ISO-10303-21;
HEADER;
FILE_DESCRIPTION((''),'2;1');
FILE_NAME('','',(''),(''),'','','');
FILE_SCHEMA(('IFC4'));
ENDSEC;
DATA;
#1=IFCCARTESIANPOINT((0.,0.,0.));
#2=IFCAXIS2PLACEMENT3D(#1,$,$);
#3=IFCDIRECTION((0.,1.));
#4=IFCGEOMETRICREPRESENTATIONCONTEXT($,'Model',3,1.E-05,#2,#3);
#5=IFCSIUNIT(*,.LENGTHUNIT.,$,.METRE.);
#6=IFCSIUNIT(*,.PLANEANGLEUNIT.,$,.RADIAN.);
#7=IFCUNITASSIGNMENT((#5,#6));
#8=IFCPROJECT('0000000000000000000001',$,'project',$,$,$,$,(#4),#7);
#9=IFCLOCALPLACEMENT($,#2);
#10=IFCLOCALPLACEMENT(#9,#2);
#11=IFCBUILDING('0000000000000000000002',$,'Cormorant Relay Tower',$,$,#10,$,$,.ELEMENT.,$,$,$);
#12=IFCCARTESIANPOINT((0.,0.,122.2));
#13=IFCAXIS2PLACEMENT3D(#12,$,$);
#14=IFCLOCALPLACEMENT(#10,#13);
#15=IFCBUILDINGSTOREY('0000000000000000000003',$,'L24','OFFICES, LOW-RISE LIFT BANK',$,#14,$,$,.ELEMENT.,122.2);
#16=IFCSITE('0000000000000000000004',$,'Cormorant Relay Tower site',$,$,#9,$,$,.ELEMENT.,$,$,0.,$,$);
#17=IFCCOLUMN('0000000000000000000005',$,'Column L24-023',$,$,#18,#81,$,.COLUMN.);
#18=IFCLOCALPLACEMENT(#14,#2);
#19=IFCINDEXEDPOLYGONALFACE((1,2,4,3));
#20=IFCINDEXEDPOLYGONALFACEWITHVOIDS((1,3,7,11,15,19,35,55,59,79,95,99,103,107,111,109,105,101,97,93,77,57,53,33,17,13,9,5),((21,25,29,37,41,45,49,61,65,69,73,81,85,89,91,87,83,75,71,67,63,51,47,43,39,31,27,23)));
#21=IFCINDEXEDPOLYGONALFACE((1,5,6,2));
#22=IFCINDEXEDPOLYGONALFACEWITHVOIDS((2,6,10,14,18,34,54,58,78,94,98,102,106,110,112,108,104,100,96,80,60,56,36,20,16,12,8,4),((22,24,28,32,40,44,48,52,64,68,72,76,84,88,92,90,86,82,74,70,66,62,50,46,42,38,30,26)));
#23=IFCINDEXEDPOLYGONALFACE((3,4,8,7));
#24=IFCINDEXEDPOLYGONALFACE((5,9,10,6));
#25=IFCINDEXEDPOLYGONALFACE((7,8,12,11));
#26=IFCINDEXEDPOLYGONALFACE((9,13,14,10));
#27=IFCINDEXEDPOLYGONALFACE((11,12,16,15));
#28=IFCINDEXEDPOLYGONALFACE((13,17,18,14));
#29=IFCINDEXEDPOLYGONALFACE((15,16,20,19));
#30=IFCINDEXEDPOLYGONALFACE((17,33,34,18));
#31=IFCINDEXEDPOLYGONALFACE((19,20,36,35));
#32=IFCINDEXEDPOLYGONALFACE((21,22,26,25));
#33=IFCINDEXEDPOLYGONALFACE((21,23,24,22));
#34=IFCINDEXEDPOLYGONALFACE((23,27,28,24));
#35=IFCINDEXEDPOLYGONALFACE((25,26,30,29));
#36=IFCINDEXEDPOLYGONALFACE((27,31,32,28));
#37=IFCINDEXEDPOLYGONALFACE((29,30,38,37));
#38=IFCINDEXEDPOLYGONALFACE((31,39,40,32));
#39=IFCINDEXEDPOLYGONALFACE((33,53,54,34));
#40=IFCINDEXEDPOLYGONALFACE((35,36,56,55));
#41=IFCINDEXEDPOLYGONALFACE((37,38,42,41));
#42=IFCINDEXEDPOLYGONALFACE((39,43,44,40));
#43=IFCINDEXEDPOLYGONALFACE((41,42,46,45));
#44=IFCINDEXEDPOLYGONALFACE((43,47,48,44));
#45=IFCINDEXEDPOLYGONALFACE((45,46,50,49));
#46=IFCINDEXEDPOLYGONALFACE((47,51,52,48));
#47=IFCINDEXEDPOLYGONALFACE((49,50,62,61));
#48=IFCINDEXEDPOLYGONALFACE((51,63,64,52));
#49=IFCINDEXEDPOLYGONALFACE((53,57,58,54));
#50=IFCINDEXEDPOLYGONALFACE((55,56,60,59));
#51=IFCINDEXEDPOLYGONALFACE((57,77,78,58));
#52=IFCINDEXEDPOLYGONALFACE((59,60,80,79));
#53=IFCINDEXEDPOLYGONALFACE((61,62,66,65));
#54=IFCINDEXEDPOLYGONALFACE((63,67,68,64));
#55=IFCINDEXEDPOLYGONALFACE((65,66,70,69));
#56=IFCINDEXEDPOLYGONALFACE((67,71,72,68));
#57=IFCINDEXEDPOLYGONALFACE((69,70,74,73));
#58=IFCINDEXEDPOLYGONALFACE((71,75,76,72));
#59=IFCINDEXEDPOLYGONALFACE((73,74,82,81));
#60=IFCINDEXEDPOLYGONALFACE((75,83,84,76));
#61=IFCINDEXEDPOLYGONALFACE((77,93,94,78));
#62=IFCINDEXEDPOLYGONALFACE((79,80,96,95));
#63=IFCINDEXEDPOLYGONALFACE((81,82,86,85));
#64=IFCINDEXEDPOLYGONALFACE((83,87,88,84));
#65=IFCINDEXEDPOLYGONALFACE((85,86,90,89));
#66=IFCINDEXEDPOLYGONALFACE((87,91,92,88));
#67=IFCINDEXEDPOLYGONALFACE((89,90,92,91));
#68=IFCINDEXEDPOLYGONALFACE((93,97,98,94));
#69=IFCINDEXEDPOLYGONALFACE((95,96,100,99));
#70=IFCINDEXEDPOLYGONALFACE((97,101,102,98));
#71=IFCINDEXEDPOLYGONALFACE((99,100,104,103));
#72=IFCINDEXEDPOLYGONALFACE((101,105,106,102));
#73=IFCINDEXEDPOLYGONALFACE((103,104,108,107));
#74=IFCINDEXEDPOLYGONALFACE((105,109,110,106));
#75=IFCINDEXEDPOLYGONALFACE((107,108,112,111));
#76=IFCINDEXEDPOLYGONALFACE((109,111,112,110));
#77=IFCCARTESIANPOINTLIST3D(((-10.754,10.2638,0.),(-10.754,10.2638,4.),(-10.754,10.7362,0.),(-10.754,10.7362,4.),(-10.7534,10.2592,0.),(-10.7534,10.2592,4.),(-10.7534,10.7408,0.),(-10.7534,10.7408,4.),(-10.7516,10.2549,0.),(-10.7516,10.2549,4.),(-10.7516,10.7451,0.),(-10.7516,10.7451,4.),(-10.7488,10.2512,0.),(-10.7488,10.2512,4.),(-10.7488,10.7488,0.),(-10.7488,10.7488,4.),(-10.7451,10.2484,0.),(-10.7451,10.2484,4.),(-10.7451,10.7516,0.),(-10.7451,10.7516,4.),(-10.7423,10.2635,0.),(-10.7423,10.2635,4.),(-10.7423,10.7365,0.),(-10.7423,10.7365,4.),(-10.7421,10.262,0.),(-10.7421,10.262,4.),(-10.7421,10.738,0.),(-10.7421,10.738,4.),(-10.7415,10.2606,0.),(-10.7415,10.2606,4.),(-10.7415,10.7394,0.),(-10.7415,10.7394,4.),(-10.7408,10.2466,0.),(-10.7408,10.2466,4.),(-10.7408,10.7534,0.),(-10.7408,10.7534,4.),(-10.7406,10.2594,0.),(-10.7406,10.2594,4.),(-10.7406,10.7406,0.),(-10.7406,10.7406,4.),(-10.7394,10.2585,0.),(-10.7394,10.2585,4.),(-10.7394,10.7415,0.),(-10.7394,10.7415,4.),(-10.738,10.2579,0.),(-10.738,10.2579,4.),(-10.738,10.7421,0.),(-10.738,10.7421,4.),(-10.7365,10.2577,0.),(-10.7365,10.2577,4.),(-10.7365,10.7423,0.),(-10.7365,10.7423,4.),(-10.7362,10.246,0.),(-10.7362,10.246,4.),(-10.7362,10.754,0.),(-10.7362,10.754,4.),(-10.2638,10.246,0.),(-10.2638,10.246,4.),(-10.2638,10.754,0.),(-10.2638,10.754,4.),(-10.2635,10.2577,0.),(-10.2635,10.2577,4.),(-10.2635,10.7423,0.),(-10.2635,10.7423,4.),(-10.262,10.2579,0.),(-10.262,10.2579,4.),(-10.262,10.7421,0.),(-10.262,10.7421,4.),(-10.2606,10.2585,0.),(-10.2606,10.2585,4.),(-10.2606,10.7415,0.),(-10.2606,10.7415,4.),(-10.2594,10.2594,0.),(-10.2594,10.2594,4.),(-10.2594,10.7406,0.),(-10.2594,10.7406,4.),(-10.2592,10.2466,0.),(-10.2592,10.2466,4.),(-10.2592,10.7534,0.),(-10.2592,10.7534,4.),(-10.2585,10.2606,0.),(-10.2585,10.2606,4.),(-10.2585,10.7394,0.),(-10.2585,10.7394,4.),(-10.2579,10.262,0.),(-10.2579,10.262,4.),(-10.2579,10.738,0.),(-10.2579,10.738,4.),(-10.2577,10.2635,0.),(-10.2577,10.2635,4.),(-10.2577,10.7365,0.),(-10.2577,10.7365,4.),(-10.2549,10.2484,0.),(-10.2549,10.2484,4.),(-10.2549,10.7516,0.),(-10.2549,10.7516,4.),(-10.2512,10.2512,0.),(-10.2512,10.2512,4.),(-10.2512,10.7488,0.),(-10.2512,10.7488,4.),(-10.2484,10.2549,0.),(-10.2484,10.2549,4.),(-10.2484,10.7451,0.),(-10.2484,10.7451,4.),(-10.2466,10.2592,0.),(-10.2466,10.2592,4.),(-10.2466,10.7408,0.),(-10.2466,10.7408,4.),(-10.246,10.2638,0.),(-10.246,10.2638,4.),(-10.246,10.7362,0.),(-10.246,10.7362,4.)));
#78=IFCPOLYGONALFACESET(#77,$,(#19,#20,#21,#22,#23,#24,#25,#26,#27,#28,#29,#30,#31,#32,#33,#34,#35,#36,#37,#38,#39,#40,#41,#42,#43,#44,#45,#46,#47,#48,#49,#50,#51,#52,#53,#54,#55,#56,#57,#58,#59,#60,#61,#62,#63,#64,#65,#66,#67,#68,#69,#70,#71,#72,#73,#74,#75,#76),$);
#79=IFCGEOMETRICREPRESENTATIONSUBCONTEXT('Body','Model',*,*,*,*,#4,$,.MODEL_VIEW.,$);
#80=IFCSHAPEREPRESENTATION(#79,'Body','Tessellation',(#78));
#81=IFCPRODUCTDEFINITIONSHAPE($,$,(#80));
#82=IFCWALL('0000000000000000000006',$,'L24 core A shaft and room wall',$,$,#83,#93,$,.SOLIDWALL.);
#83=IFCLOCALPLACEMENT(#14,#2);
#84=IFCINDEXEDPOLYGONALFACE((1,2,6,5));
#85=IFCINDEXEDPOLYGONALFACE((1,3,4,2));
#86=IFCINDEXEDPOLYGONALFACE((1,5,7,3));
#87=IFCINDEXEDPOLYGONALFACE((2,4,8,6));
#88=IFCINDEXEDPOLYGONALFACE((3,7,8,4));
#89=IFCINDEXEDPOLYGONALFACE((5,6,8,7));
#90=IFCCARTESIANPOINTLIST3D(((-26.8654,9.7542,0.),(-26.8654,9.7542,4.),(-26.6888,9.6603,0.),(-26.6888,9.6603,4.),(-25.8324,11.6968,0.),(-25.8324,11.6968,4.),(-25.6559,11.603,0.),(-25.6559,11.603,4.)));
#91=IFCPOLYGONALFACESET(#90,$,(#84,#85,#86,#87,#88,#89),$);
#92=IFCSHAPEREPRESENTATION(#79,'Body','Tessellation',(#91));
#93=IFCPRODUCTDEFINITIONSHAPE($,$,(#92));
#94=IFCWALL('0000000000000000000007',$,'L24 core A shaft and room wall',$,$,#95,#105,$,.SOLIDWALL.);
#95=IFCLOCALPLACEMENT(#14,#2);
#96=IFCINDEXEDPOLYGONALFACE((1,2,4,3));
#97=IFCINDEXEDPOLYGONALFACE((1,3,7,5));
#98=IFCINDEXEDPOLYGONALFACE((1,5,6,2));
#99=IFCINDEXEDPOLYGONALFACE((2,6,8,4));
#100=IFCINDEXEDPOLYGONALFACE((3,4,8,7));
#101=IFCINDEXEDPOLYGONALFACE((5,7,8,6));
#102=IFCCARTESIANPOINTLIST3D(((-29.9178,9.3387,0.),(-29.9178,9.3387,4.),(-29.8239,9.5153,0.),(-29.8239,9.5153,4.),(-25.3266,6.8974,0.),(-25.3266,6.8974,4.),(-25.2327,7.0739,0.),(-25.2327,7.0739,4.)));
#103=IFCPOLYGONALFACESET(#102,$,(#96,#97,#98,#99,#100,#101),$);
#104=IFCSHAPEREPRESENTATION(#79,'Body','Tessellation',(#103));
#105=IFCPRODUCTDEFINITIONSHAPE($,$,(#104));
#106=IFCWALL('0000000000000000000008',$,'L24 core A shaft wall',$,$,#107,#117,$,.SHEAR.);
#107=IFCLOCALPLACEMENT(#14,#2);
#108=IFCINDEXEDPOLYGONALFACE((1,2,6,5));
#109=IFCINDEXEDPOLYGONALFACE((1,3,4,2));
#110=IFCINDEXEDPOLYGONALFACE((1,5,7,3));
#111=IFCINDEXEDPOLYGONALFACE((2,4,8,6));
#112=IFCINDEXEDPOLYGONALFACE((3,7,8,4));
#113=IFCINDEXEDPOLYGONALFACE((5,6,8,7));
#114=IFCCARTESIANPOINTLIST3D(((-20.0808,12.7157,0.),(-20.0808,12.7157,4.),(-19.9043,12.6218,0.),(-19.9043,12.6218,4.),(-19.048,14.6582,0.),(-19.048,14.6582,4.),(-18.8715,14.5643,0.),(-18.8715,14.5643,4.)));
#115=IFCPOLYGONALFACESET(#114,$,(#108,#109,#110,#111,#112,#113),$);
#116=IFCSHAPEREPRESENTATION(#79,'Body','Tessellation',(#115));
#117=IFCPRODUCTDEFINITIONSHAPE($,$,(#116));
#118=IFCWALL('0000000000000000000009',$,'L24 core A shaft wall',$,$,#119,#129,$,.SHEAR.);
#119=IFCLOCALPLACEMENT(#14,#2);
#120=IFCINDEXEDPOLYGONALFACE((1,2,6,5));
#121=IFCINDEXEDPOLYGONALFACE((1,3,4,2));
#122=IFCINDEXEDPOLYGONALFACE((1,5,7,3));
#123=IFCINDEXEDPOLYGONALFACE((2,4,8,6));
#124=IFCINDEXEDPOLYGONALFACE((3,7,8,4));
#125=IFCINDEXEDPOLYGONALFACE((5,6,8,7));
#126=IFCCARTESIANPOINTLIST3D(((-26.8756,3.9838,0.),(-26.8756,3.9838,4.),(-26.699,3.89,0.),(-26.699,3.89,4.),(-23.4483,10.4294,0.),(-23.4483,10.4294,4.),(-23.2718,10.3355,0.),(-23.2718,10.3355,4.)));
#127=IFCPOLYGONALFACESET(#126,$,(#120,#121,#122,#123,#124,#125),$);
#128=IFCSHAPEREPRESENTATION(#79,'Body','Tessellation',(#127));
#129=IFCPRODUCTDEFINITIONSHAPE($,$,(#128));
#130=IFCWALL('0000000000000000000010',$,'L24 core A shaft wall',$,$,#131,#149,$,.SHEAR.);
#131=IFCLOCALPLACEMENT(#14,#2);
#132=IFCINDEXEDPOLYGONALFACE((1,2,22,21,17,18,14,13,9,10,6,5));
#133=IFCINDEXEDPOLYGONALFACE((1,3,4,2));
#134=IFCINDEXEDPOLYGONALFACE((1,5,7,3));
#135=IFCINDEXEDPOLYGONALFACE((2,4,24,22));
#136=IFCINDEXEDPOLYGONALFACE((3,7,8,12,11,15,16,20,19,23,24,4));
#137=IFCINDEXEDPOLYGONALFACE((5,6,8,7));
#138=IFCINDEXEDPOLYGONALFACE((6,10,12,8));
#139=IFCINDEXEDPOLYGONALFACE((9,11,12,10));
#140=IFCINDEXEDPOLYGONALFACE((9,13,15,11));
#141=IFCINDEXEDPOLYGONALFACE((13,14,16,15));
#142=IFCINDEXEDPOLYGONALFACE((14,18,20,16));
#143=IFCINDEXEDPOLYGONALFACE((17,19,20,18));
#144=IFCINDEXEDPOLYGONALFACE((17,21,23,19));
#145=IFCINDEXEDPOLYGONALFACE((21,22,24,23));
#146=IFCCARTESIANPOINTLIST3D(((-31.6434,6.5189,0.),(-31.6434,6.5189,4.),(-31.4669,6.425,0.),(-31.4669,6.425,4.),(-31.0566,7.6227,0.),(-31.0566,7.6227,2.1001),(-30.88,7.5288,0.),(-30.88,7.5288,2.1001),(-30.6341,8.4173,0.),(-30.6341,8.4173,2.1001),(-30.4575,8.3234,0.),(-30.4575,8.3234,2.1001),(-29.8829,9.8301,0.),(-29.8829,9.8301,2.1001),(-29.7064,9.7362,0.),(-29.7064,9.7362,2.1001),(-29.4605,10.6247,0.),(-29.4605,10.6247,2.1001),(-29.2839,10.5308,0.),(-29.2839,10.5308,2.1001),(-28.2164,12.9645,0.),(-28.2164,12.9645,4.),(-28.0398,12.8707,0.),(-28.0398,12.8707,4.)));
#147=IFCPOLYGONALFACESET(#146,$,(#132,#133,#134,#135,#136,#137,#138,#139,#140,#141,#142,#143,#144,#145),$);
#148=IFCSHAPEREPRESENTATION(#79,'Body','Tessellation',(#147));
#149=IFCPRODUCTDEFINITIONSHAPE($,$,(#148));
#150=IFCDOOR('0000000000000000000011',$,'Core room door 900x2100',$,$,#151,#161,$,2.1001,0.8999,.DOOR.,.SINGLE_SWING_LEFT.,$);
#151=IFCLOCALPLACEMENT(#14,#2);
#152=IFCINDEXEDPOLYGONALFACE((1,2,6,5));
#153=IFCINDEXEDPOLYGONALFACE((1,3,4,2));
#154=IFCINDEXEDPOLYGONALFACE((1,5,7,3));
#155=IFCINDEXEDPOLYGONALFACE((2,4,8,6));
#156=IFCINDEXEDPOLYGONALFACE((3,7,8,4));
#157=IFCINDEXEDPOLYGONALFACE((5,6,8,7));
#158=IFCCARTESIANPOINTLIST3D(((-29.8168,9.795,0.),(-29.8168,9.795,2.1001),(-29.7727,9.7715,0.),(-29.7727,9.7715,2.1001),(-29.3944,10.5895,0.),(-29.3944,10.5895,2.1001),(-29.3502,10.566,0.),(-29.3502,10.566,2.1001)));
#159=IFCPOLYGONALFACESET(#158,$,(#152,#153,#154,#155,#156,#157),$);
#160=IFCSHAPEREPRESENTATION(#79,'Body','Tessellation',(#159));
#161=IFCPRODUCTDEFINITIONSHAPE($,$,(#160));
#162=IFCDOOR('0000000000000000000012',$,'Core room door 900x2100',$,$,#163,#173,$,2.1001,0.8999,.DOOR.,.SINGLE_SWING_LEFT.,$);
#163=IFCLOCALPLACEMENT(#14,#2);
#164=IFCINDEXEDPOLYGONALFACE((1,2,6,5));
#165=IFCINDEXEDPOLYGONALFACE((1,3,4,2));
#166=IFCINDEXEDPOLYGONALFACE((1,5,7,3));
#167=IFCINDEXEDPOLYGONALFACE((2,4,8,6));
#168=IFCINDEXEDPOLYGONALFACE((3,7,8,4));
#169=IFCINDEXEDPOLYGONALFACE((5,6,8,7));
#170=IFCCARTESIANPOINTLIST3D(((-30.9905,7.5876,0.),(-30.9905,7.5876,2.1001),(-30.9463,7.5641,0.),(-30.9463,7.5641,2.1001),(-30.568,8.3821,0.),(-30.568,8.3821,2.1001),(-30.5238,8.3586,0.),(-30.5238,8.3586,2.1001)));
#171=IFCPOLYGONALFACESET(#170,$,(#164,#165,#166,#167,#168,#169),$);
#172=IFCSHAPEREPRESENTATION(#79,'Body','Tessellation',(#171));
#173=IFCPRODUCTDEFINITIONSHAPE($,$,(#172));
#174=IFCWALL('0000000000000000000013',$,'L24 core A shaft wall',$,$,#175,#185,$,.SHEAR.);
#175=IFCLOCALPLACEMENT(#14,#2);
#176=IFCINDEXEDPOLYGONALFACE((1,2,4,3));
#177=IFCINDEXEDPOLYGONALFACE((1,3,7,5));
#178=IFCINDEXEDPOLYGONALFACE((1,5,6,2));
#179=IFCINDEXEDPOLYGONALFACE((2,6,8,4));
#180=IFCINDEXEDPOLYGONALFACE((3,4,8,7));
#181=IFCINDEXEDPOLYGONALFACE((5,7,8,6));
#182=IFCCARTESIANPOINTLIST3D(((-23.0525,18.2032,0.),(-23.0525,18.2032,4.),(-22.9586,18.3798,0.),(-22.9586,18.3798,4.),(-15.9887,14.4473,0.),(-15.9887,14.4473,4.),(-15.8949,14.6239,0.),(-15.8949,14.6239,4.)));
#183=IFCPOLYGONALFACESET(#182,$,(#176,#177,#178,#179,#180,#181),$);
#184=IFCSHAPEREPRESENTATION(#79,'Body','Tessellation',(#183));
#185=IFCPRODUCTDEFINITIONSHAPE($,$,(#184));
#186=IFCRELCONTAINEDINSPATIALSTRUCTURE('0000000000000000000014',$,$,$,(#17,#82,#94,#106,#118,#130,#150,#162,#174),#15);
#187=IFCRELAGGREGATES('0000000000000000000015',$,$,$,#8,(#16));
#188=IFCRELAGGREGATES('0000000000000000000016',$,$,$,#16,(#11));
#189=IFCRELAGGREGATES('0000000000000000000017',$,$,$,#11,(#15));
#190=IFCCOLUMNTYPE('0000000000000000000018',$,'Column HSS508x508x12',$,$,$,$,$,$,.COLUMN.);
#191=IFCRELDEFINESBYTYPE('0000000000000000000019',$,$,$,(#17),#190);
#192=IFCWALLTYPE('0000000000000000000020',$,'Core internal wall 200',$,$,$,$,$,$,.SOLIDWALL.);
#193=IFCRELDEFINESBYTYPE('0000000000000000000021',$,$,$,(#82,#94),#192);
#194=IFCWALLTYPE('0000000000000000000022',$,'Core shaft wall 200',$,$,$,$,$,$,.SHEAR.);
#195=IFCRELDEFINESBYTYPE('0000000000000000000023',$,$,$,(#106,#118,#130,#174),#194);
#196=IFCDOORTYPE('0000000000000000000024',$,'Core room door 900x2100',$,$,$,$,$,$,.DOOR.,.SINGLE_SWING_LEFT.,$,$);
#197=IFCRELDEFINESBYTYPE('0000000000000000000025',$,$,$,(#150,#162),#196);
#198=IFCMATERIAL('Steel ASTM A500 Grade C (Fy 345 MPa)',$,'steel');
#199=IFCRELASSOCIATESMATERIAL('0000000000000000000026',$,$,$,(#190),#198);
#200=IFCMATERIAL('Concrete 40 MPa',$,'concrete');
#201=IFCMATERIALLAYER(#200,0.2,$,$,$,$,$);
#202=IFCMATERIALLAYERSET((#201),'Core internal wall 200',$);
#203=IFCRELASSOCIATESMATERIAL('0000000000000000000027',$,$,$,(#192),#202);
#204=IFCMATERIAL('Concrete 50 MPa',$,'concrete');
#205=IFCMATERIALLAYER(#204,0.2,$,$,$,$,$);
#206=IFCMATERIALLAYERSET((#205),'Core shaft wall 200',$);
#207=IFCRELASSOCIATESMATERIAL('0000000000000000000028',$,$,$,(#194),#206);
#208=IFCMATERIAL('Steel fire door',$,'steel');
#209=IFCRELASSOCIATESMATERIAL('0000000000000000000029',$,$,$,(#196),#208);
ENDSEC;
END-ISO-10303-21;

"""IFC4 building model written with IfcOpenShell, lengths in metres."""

from ifc_helpers import new_model, si_unit, direction, frame, frame_2d, origin, origin_2d, place, context, subcontext, project, spatial, rectangle, hollow_rectangle, extrude, material, layer, layer_set, material_profile, profile_set, type_object, element, fill, save


model = new_model("IFC4")

# Units and contexts
model_context = context("Model", 3, precision=1e-05, world=origin(), true_north=direction((0.0, 1.0)))
body_context = subcontext(model_context, "Body", "Model", "MODEL_VIEW")
ifc_project = project(units=[si_unit("LENGTHUNIT", "METRE"), si_unit("PLANEANGLEUNIT", "RADIAN")], contexts=[model_context])

# Site, building, storey
site_placement = place(None, origin())
site = spatial("IfcSite", under=ifc_project, at=site_placement, Name="Cormorant Relay Tower site", CompositionType="ELEMENT", RefElevation=0.0)
building_placement = place(site_placement, origin())
building = spatial("IfcBuilding", under=site, at=building_placement, Name="Cormorant Relay Tower", CompositionType="ELEMENT")
storey_placement = place(building_placement, frame((0.0, 0.0, 122.2)))
storey = spatial("IfcBuildingStorey", under=building, at=storey_placement, Name="L24", Description="OFFICES, LOW-RISE LIFT BANK", CompositionType="ELEMENT", Elevation=122.2)

# Column
ifc_material_1 = material(Name="Steel ASTM A500 Grade C (Fy 345 MPa)", Category="steel")
ifc_material_profile = material_profile(ifc_material_1, hollow_rectangle(XDim=0.5081, YDim=0.5081, WallThickness=0.0117, InnerFilletRadius=0.0059, OuterFilletRadius=0.0178, at=origin_2d()), Name="HSS508x508x12")
ifc_profile_set = profile_set([ifc_material_profile], Name="Steel ASTM A500 Grade C (Fy 345 MPa)")
column_type = type_object("IfcColumnType", Name="Column HSS508x508x12", PredefinedType="COLUMN", material=ifc_profile_set)
column_placement = place(storey_placement, frame((-10.5, 10.5, 0.0), z_axis=(0.0, 0.0, 1.0), x_axis=(1.0, 0.0, 0.0)))
element("IfcColumn", 1, at=column_placement, inside=storey, type_object=column_type, Name="Column L24-023", PredefinedType="COLUMN", context=body_context, shape_type="SweptSolid", body=[
    extrude(hollow_rectangle(XDim=0.5081, YDim=0.5081, WallThickness=0.0117, InnerFilletRadius=0.0059, OuterFilletRadius=0.0178, at=origin_2d()), origin(), (0.0, 0.0, 1.0), 4.0),
])

# Walls
ifc_material_2 = material(Name="Concrete 40 MPa", Category="concrete")
ifc_layer_1 = layer(ifc_material_2, 0.2)
ifc_layer_set_1 = layer_set([ifc_layer_1], Name="Core internal wall 200")
wall_type_1 = type_object("IfcWallType", Name="Core internal wall 200", PredefinedType="SOLIDWALL", material=ifc_layer_set_1)
wall_1_placement = place(storey_placement, frame((-25.7441, 11.6499, 0.0), z_axis=(0.0, 0.0, 1.0), x_axis=(-0.469488, -0.882939, 0.0)))
element("IfcWall", 2, at=wall_1_placement, inside=storey, type_object=wall_type_1, Name="L24 core A shaft and room wall", PredefinedType="SOLIDWALL", context=body_context, shape_type="SweptSolid", body=[
    extrude(rectangle(XDim=2.2002, YDim=0.2, at=frame_2d((1.1001, 0.0))), origin(), (0.0, 0.0, 1.0), 4.0),
])
wall_2_placement = place(storey_placement, frame((-25.2795, 6.9856, 0.0), z_axis=(0.0, 0.0, 1.0), x_axis=(-0.882935, 0.469496, 0.0)))
element("IfcWall", 3, at=wall_2_placement, inside=storey, type_object=wall_type_1, Name="L24 core A shaft and room wall", PredefinedType="SOLIDWALL", context=body_context, shape_type="SweptSolid", body=[
    extrude(rectangle(XDim=5.2, YDim=0.2, at=frame_2d((2.6001, 0.0))), origin(), (0.0, 0.0, 1.0), 4.0),
])
ifc_material_3 = material(Name="Concrete 50 MPa", Category="concrete")
ifc_layer_2 = layer(ifc_material_3, 0.2)
ifc_layer_set_2 = layer_set([ifc_layer_2], Name="Core shaft wall 200")
wall_type_2 = type_object("IfcWallType", Name="Core shaft wall 200", PredefinedType="SHEAR", material=ifc_layer_set_2)
wall_3_placement = place(storey_placement, frame((-18.9597, 14.6113, 0.0), z_axis=(0.0, 0.0, 1.0), x_axis=(-0.469447, -0.88296, 0.0)))
element("IfcWall", 4, at=wall_3_placement, inside=storey, type_object=wall_type_2, Name="L24 core A shaft wall", PredefinedType="SHEAR", context=body_context, shape_type="SweptSolid", body=[
    extrude(rectangle(XDim=2.2, YDim=0.2, at=frame_2d((1.1001, 0.0))), origin(), (0.0, 0.0, 1.0), 4.0),
])
wall_4_placement = place(storey_placement, frame((-23.3601, 10.3823, 0.0), z_axis=(0.0, 0.0, 1.0), x_axis=(-0.46948, -0.882943, 0.0)))
element("IfcWall", 5, at=wall_4_placement, inside=storey, type_object=wall_type_2, Name="L24 core A shaft wall", PredefinedType="SHEAR", context=body_context, shape_type="SweptSolid", body=[
    extrude(rectangle(XDim=7.3, YDim=0.2, at=frame_2d((3.6499, 0.0))), origin(), (0.0, 0.0, 1.0), 4.0),
])

# Wall, openings, doors
wall_5_placement = place(storey_placement, frame((-28.1282, 12.9175, 0.0), z_axis=(0.0, 0.0, 1.0), x_axis=(-0.469454, -0.882957, 0.0)))
wall_5 = element("IfcWall", 6, at=wall_5_placement, inside=storey, type_object=wall_type_2, Name="L24 core A shaft wall", PredefinedType="SHEAR", context=body_context, shape_type="SweptSolid", body=[
    extrude(rectangle(XDim=7.3, YDim=0.2, at=frame_2d((3.6499, 0.0))), origin(), (0.0, 0.0, 1.0), 4.0),
])
opening_1_placement = place(wall_5_placement, frame((2.6499, 0.0, 0.0)))
opening_1 = element("IfcOpeningElement", 7, at=opening_1_placement, cuts=wall_5, PredefinedType="OPENING", context=body_context, shape_type="SweptSolid", body=[
    extrude(rectangle(XDim=0.8999, YDim=2.1001, at=frame_2d((0.45, 1.05))), frame((0.0, 0.1099, 0.0), z_axis=(0.0, -1.0, 0.0), x_axis=(1.0, 0.0, 0.0)), (0.0, 0.0, 1.0), 0.22),
])
opening_2_placement = place(wall_5_placement, frame((5.1499, 0.0, 0.0)))
opening_2 = element("IfcOpeningElement", 8, at=opening_2_placement, cuts=wall_5, PredefinedType="OPENING", context=body_context, shape_type="SweptSolid", body=[
    extrude(rectangle(XDim=0.8999, YDim=2.1001, at=frame_2d((0.45, 1.05))), frame((0.0, 0.1099, 0.0), z_axis=(0.0, -1.0, 0.0), x_axis=(1.0, 0.0, 0.0)), (0.0, 0.0, 1.0), 0.22),
])
ifc_material_4 = material(Name="Steel fire door", Category="steel")
door_type_1 = type_object("IfcDoorType", Name="Core room door 900x2100", OperationType="SINGLE_SWING_LEFT", PredefinedType="DOOR", material=ifc_material_4)
door_1_placement = place(opening_1_placement, origin())
door_1 = element("IfcDoor", 9, at=door_1_placement, inside=storey, type_object=door_type_1, Name="Core room door 900x2100", OperationType="SINGLE_SWING_LEFT", OverallHeight=2.1001, OverallWidth=0.8999, PredefinedType="DOOR", context=body_context, shape_type="SweptSolid", body=[
    extrude(rectangle(XDim=0.8999, YDim=2.1001, at=frame_2d((0.45, 1.05))), frame((0.0, 0.0249, 0.0), z_axis=(0.0, -1.0, 0.0), x_axis=(1.0, 0.0, 0.0)), (0.0, 0.0, 1.0), 0.05),
])
fill(opening_1, door_1)
door_2_placement = place(opening_2_placement, origin())
door_2 = element("IfcDoor", 10, at=door_2_placement, inside=storey, type_object=door_type_1, Name="Core room door 900x2100", OperationType="SINGLE_SWING_LEFT", OverallHeight=2.1001, OverallWidth=0.8999, PredefinedType="DOOR", context=body_context, shape_type="SweptSolid", body=[
    extrude(rectangle(XDim=0.8999, YDim=2.1001, at=frame_2d((0.45, 1.05))), frame((0.0, 0.0249, 0.0), z_axis=(0.0, -1.0, 0.0), x_axis=(1.0, 0.0, 0.0)), (0.0, 0.0, 1.0), 0.05),
])
fill(opening_2, door_2)

# Wall
wall_6_placement = place(storey_placement, frame((-15.9419, 14.5356, 0.0), z_axis=(0.0, 0.0, 1.0), x_axis=(-0.882947, 0.469473, 0.0)))
element("IfcWall", 11, at=wall_6_placement, inside=storey, type_object=wall_type_2, Name="L24 core A shaft wall", PredefinedType="SHEAR", context=body_context, shape_type="SweptSolid", body=[
    extrude(rectangle(XDim=8.0002, YDim=0.2, at=frame_2d((4.0, 0.0))), origin(), (0.0, 0.0, 1.0), 4.0),
])

save(model, "model.ifc")
